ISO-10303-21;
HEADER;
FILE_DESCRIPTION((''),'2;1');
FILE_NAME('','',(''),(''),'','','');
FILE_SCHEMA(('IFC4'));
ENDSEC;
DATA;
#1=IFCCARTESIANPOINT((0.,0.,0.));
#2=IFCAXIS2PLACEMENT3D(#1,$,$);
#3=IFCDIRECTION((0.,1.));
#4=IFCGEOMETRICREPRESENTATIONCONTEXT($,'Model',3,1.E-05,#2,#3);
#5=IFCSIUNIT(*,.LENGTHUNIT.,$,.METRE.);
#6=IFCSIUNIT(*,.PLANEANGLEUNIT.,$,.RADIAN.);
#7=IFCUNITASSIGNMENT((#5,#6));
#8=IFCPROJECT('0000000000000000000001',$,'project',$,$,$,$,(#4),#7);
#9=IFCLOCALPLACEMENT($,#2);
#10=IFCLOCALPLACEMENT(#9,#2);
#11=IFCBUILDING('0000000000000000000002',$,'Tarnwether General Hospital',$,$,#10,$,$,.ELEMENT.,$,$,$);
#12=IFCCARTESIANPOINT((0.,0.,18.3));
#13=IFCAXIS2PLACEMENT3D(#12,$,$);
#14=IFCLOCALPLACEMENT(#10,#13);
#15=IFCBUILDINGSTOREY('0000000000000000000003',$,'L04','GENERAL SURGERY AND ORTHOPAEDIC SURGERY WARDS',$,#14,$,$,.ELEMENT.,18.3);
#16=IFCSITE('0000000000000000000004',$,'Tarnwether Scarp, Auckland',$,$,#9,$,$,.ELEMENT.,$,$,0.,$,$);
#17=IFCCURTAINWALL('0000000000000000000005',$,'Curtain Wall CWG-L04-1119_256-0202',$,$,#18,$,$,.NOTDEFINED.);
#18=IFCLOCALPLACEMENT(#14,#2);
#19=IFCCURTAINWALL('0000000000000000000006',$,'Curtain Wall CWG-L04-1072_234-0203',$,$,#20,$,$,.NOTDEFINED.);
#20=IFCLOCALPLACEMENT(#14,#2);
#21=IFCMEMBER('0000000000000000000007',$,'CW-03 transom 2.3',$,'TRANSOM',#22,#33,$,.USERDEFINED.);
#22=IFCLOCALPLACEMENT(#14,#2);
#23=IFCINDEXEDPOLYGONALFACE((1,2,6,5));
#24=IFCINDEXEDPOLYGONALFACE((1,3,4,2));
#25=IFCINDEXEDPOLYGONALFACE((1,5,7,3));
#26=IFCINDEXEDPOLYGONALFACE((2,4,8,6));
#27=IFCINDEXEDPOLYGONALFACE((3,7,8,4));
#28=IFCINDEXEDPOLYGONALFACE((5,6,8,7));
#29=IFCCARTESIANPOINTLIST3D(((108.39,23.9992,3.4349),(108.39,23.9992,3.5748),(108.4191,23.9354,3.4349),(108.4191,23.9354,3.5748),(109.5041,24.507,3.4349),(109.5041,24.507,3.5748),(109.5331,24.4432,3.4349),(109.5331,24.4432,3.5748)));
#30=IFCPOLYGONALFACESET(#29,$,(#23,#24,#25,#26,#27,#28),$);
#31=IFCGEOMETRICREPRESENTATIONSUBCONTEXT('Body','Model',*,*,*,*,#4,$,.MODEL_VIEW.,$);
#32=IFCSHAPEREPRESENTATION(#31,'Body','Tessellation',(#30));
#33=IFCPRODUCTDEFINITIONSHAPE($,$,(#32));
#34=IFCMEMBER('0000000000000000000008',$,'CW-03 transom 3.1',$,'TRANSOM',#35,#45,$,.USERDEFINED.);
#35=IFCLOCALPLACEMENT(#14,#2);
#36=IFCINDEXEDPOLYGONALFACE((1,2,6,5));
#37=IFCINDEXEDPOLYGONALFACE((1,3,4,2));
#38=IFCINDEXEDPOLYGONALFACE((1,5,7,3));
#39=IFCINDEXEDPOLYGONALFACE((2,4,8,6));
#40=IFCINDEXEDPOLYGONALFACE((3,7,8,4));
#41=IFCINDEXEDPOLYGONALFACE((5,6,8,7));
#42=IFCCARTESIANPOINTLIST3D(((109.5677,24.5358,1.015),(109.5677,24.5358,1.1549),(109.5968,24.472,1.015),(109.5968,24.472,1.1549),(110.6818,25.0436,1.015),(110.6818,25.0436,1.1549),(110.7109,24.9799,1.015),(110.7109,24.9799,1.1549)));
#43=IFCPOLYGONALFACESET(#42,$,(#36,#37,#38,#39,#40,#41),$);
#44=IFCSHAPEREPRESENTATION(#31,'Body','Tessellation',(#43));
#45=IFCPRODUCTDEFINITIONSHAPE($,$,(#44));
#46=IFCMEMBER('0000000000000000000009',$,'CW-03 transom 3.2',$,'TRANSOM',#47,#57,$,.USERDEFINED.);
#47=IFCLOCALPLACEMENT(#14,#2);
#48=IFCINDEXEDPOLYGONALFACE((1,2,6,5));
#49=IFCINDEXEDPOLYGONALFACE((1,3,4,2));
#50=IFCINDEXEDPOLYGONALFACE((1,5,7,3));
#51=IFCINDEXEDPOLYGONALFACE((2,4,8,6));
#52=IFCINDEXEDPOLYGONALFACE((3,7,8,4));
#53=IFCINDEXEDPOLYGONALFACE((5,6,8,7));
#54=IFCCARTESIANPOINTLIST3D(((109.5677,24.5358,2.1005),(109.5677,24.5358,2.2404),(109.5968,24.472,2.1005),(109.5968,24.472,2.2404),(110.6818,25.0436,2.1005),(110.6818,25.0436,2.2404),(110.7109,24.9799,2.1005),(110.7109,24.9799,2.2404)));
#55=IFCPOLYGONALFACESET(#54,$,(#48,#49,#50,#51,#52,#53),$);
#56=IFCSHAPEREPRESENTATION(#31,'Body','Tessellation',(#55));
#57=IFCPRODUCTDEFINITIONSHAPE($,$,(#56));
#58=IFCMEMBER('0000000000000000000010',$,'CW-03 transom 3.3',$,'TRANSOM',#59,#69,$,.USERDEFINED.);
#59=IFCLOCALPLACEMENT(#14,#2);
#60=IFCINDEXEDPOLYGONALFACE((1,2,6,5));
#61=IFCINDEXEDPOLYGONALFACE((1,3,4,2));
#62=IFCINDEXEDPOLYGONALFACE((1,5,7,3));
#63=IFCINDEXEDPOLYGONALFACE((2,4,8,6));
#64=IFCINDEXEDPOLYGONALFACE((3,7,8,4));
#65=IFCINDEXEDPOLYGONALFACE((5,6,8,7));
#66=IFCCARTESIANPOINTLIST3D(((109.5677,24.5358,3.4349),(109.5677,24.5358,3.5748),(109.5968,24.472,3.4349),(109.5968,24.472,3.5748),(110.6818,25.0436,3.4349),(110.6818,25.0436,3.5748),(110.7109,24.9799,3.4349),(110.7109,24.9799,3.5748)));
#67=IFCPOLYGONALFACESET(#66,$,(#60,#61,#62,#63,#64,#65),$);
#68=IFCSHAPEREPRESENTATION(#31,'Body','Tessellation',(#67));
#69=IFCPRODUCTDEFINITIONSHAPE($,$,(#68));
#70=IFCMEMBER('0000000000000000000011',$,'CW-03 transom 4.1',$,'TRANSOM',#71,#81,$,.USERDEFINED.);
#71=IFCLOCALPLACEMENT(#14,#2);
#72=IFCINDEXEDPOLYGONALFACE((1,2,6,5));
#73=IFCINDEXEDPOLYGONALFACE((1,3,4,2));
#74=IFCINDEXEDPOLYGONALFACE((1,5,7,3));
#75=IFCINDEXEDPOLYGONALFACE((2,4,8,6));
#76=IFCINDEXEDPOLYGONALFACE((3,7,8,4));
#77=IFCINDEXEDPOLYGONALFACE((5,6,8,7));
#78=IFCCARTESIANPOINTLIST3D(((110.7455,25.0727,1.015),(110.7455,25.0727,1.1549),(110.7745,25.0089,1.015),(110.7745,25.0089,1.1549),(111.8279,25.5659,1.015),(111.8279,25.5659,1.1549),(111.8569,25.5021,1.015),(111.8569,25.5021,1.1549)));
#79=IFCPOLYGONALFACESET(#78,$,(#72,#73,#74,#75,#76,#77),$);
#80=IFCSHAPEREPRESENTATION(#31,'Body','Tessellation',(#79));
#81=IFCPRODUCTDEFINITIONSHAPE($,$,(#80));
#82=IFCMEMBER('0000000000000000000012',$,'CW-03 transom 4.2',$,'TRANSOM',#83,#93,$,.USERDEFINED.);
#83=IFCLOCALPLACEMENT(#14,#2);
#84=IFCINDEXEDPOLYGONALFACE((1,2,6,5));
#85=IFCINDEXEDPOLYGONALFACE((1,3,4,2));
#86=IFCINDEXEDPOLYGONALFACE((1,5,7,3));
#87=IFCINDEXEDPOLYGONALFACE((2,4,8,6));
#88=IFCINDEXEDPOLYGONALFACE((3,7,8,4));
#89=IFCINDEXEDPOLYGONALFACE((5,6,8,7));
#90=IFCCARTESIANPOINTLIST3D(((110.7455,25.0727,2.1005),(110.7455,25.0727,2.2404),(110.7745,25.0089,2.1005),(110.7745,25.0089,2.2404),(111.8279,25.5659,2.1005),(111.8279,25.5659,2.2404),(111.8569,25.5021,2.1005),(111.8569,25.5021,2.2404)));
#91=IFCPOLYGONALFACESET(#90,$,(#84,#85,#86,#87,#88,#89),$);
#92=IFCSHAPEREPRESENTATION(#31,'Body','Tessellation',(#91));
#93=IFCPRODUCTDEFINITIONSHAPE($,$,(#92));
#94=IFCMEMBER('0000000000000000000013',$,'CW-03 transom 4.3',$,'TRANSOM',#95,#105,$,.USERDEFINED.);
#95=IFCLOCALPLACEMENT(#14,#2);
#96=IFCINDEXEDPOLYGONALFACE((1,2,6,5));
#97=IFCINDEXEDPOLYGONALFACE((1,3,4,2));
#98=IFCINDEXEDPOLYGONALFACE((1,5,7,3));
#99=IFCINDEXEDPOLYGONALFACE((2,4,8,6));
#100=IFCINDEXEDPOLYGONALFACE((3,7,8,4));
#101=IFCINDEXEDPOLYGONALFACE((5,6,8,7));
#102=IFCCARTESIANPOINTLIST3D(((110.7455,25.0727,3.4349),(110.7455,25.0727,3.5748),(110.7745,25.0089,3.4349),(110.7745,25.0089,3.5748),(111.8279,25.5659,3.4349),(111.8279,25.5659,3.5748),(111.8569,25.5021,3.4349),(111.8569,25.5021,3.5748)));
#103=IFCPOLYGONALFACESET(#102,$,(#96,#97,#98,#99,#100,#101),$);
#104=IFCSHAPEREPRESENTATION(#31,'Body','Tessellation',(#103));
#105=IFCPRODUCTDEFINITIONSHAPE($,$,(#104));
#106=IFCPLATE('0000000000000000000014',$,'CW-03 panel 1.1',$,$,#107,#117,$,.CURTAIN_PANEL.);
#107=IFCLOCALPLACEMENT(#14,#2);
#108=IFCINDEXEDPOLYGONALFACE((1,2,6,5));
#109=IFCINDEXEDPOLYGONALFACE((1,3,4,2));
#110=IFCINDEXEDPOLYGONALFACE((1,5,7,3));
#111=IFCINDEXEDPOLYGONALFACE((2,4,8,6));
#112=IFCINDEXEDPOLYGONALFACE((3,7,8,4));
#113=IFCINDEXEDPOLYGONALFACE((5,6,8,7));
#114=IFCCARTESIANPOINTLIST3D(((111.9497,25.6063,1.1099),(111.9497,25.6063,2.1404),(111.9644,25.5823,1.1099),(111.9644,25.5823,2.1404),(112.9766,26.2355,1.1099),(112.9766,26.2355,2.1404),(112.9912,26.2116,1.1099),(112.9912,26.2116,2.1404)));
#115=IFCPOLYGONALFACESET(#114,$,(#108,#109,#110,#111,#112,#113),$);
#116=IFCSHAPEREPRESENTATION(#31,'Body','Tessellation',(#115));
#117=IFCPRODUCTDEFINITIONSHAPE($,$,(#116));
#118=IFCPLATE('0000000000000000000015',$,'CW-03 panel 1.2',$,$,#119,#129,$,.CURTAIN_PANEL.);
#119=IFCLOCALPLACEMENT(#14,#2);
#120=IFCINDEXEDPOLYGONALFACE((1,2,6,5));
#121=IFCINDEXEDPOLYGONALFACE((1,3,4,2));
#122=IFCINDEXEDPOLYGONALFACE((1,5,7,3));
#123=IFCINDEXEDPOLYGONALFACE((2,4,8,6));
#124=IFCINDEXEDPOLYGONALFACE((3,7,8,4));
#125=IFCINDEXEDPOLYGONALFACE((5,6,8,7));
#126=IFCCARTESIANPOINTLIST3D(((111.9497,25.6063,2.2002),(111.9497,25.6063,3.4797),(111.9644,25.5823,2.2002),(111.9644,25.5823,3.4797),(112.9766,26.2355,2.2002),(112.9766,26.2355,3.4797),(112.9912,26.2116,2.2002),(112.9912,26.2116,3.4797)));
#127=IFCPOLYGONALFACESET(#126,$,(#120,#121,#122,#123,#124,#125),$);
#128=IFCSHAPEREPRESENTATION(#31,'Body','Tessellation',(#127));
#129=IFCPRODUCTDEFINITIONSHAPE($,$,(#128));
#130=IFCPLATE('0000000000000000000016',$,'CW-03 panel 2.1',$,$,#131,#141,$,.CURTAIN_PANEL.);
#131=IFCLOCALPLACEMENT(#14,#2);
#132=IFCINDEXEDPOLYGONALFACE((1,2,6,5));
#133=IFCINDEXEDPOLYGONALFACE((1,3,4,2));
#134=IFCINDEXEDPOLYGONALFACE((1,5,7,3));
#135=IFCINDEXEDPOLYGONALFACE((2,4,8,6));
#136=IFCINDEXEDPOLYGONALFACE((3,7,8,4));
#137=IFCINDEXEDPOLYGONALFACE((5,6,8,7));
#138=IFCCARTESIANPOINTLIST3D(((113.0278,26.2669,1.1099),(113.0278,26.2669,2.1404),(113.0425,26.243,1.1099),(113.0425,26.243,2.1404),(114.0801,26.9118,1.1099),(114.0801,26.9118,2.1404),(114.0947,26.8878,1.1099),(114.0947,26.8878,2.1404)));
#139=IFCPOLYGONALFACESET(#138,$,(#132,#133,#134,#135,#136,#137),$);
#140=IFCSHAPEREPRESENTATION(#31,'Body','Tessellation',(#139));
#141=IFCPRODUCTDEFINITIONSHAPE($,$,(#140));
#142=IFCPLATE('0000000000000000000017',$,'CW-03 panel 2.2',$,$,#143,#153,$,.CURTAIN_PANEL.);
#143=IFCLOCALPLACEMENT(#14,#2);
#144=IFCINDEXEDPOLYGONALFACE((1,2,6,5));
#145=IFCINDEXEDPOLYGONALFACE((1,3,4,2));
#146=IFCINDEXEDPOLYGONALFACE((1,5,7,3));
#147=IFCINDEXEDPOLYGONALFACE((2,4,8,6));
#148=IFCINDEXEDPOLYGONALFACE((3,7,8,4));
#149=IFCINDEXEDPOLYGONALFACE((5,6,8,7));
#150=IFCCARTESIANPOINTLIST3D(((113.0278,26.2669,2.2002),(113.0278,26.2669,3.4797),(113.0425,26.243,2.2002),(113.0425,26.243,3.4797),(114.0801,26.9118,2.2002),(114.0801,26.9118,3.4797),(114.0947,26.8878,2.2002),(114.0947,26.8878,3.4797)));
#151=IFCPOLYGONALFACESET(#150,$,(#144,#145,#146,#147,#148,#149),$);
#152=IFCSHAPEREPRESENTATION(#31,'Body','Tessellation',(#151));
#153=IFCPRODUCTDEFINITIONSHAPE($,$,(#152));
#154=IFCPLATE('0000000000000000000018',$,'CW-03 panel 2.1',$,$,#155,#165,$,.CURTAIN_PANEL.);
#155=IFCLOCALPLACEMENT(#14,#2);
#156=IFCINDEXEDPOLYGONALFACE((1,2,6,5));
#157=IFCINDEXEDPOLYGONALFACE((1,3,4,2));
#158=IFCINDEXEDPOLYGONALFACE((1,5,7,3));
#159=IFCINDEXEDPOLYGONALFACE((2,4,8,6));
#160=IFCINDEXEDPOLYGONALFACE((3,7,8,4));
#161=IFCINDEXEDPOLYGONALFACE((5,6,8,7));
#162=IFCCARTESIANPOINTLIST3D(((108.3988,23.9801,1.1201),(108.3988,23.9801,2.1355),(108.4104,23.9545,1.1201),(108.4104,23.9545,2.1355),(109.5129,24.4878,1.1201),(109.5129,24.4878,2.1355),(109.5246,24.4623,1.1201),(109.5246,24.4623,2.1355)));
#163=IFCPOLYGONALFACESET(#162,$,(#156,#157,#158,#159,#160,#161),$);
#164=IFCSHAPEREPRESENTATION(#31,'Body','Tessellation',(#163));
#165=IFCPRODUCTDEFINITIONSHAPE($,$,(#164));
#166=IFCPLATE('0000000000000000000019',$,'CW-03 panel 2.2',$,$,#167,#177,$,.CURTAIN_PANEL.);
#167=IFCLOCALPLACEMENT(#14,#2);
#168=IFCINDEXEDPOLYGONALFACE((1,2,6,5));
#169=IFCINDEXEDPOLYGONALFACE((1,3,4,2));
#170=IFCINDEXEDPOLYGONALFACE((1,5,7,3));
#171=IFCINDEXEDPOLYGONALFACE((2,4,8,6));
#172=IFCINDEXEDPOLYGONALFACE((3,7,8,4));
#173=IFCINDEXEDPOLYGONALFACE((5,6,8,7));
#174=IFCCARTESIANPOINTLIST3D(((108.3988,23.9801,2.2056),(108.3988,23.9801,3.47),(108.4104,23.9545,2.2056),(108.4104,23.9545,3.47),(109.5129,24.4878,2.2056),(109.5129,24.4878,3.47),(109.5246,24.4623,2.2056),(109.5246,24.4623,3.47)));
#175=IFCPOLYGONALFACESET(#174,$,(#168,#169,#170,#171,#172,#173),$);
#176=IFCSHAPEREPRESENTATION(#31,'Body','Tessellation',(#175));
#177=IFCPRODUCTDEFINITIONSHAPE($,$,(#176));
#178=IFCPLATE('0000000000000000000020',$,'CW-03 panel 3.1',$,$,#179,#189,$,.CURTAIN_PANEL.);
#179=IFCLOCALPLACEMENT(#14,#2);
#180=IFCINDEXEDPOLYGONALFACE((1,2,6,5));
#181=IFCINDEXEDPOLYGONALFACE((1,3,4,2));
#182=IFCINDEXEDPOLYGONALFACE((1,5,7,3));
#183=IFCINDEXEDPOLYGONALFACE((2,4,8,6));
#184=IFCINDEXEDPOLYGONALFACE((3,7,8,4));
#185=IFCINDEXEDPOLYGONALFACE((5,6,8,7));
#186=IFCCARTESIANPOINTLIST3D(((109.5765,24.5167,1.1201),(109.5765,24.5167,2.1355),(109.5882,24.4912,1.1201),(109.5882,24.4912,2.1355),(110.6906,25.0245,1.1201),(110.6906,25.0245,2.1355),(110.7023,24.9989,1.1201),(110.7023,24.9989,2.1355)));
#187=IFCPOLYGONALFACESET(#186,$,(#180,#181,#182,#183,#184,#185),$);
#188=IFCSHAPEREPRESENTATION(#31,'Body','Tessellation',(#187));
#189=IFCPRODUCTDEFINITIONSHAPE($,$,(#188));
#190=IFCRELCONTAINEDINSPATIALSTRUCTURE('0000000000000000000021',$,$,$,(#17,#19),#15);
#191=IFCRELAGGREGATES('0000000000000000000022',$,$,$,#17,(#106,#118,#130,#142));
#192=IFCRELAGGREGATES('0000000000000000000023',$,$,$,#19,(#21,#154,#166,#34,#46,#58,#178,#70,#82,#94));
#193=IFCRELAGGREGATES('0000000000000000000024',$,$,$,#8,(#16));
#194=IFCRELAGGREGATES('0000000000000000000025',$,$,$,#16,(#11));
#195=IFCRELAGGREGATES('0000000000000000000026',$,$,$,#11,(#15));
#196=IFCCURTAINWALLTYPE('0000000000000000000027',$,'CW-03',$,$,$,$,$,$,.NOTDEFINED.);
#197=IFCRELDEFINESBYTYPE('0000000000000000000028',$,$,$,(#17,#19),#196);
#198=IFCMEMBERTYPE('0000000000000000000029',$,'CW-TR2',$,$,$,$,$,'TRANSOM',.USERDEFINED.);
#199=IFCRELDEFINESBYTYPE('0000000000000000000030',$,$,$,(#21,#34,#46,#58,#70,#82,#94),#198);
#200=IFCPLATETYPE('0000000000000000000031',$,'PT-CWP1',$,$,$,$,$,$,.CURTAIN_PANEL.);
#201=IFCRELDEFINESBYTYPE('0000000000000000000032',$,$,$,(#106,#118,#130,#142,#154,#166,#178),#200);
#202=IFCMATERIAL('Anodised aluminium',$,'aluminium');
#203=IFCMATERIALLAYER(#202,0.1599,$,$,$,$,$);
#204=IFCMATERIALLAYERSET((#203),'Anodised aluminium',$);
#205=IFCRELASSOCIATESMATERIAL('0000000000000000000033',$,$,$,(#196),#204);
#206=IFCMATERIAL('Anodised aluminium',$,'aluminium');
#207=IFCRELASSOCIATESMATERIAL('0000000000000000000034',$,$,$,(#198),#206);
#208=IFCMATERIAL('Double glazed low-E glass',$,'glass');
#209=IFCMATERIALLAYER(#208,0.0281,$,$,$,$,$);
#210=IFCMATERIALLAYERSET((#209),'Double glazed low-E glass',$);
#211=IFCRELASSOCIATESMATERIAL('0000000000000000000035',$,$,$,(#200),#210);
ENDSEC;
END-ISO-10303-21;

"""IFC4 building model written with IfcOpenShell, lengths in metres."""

from ifc_helpers import new_model, si_unit, direction, frame, origin, origin_2d, place, context, subcontext, project, spatial, rectangle, extrude, material, layer, layer_set, material_profile, profile_set, type_object, element, aggregate, save


model = new_model("IFC4")

# Units and contexts
model_context = context("Model", 3, precision=1e-05, world=origin(), true_north=direction((0.0, 1.0)))
body_context = subcontext(model_context, "Body", "Model", "MODEL_VIEW")
ifc_project = project(units=[si_unit("LENGTHUNIT", "METRE"), si_unit("PLANEANGLEUNIT", "RADIAN")], contexts=[model_context])

# Site, building, storey
site_placement = place(None, origin())
site = spatial("IfcSite", under=ifc_project, at=site_placement, Name="Tarnwether Scarp, Auckland", CompositionType="ELEMENT", RefElevation=0.0)
building_placement = place(site_placement, origin())
building = spatial("IfcBuilding", under=site, at=building_placement, Name="Tarnwether General Hospital", CompositionType="ELEMENT")
storey_placement = place(building_placement, frame((0.0, 0.0, 18.3)))
storey = spatial("IfcBuildingStorey", under=building, at=storey_placement, Name="L04", Description="GENERAL SURGERY AND ORTHOPAEDIC SURGERY WARDS", CompositionType="ELEMENT", Elevation=18.3)

# Curtain walls
ifc_material_1 = material(Name="Anodised aluminium", Category="aluminium")
ifc_layer_1 = layer(ifc_material_1, 0.1599)
ifc_layer_set_1 = layer_set([ifc_layer_1], Name="Anodised aluminium")
curtain_wall_type = type_object("IfcCurtainWallType", Name="CW-03", PredefinedType="NOTDEFINED", material=ifc_layer_set_1)
curtain_wall_1_placement = place(storey_placement, origin())
curtain_wall_1 = element("IfcCurtainWall", 1, at=curtain_wall_1_placement, inside=storey, type_object=curtain_wall_type, Name="Curtain Wall CWG-L04-1119_256-0202", PredefinedType="NOTDEFINED")
curtain_wall_2_placement = place(storey_placement, origin())
curtain_wall_2 = element("IfcCurtainWall", 2, at=curtain_wall_2_placement, inside=storey, type_object=curtain_wall_type, Name="Curtain Wall CWG-L04-1072_234-0203", PredefinedType="NOTDEFINED")

# Members
ifc_material_2 = material(Name="Anodised aluminium", Category="aluminium")
ifc_material_profile_1 = material_profile(ifc_material_2, rectangle(XDim=0.0701, YDim=0.1399, at=origin_2d()), Name="ALU-TRN-70x140")
ifc_profile_set_1 = profile_set([ifc_material_profile_1], Name="Anodised aluminium")
member_type_1 = type_object("IfcMemberType", Name="CW-TR2", ElementType="TRANSOM", PredefinedType="USERDEFINED", material=ifc_profile_set_1)
member_1_placement = place(storey_placement, frame((108.4045, 23.9673, 3.5049), z_axis=(0.909922, 0.414779, 0.0), x_axis=(-0.414779, 0.909922, 0.0)))
member_1 = element("IfcMember", 3, at=member_1_placement, type_object=member_type_1, Name="CW-03 transom 2.3", ObjectType="TRANSOM", PredefinedType="USERDEFINED", context=body_context, shape_type="SweptSolid", body=[
    extrude(rectangle(XDim=0.0701, YDim=0.1399, at=origin_2d()), origin(), (0.0, 0.0, 1.0), 1.2244),
])
member_2_placement = place(storey_placement, frame((109.5823, 24.5039, 1.085), z_axis=(0.909922, 0.414779, 0.0), x_axis=(-0.414779, 0.909922, 0.0)))
member_2 = element("IfcMember", 4, at=member_2_placement, type_object=member_type_1, Name="CW-03 transom 3.1", ObjectType="TRANSOM", PredefinedType="USERDEFINED", context=body_context, shape_type="SweptSolid", body=[
    extrude(rectangle(XDim=0.0701, YDim=0.1399, at=origin_2d()), origin(), (0.0, 0.0, 1.0), 1.2244),
])
member_3_placement = place(storey_placement, frame((109.5823, 24.5039, 2.1704), z_axis=(0.909922, 0.414779, 0.0), x_axis=(-0.414779, 0.909922, 0.0)))
member_3 = element("IfcMember", 5, at=member_3_placement, type_object=member_type_1, Name="CW-03 transom 3.2", ObjectType="TRANSOM", PredefinedType="USERDEFINED", context=body_context, shape_type="SweptSolid", body=[
    extrude(rectangle(XDim=0.0701, YDim=0.1399, at=origin_2d()), origin(), (0.0, 0.0, 1.0), 1.2244),
])
member_4_placement = place(storey_placement, frame((109.5823, 24.5039, 3.5049), z_axis=(0.909922, 0.414779, 0.0), x_axis=(-0.414779, 0.909922, 0.0)))
member_4 = element("IfcMember", 6, at=member_4_placement, type_object=member_type_1, Name="CW-03 transom 3.3", ObjectType="TRANSOM", PredefinedType="USERDEFINED", context=body_context, shape_type="SweptSolid", body=[
    extrude(rectangle(XDim=0.0701, YDim=0.1399, at=origin_2d()), origin(), (0.0, 0.0, 1.0), 1.2244),
])
member_5_placement = place(storey_placement, frame((110.76, 25.0408, 1.085), z_axis=(0.909979, 0.414653, 0.0), x_axis=(-0.414653, 0.909979, 0.0)))
member_5 = element("IfcMember", 7, at=member_5_placement, type_object=member_type_1, Name="CW-03 transom 4.1", ObjectType="TRANSOM", PredefinedType="USERDEFINED", context=body_context, shape_type="SweptSolid", body=[
    extrude(rectangle(XDim=0.0701, YDim=0.1399, at=origin_2d()), origin(), (0.0, 0.0, 1.0), 1.1895),
])
member_6_placement = place(storey_placement, frame((110.76, 25.0408, 2.1704), z_axis=(0.909979, 0.414653, 0.0), x_axis=(-0.414653, 0.909979, 0.0)))
member_6 = element("IfcMember", 8, at=member_6_placement, type_object=member_type_1, Name="CW-03 transom 4.2", ObjectType="TRANSOM", PredefinedType="USERDEFINED", context=body_context, shape_type="SweptSolid", body=[
    extrude(rectangle(XDim=0.0701, YDim=0.1399, at=origin_2d()), origin(), (0.0, 0.0, 1.0), 1.1895),
])
member_7_placement = place(storey_placement, frame((110.76, 25.0408, 3.5049), z_axis=(0.909979, 0.414653, 0.0), x_axis=(-0.414653, 0.909979, 0.0)))
member_7 = element("IfcMember", 9, at=member_7_placement, type_object=member_type_1, Name="CW-03 transom 4.3", ObjectType="TRANSOM", PredefinedType="USERDEFINED", context=body_context, shape_type="SweptSolid", body=[
    extrude(rectangle(XDim=0.0701, YDim=0.1399, at=origin_2d()), origin(), (0.0, 0.0, 1.0), 1.1895),
])

# Plates
ifc_material_3 = material(Name="Double glazed low-E glass", Category="glass")
ifc_layer_2 = layer(ifc_material_3, 0.0281)
ifc_layer_set_2 = layer_set([ifc_layer_2], Name="Double glazed low-E glass")
plate_type_1 = type_object("IfcPlateType", Name="PT-CWP1", PredefinedType="CURTAIN_PANEL", material=ifc_layer_set_2)
plate_1_placement = place(storey_placement, frame((112.4705, 25.9089, 1.1099), z_axis=(0.0, 0.0, 1.0), x_axis=(0.852632, 0.522512, 0.0)))
plate_1 = element("IfcPlate", 10, at=plate_1_placement, type_object=plate_type_1, Name="CW-03 panel 1.1", PredefinedType="CURTAIN_PANEL", context=body_context, shape_type="SweptSolid", body=[
    extrude(rectangle(XDim=1.2043, YDim=0.0281, at=origin_2d()), origin(), (0.0, 0.0, 1.0), 1.0305),
])
plate_2_placement = place(storey_placement, frame((112.4705, 25.9089, 2.2002), z_axis=(0.0, 0.0, 1.0), x_axis=(0.852632, 0.522512, 0.0)))
plate_2 = element("IfcPlate", 11, at=plate_2_placement, type_object=plate_type_1, Name="CW-03 panel 1.2", PredefinedType="CURTAIN_PANEL", context=body_context, shape_type="SweptSolid", body=[
    extrude(rectangle(XDim=1.2043, YDim=0.0281, at=origin_2d()), origin(), (0.0, 0.0, 1.0), 1.2795),
])
plate_3_placement = place(storey_placement, frame((113.5613, 26.5774, 1.1099), z_axis=(0.0, 0.0, 1.0), x_axis=(0.852632, 0.522512, 0.0)))
plate_3 = element("IfcPlate", 12, at=plate_3_placement, type_object=plate_type_1, Name="CW-03 panel 2.1", PredefinedType="CURTAIN_PANEL", context=body_context, shape_type="SweptSolid", body=[
    extrude(rectangle(XDim=1.2341, YDim=0.0281, at=origin_2d()), origin(), (0.0, 0.0, 1.0), 1.0305),
])
plate_4_placement = place(storey_placement, frame((113.5613, 26.5774, 2.2002), z_axis=(0.0, 0.0, 1.0), x_axis=(0.852632, 0.522512, 0.0)))
plate_4 = element("IfcPlate", 13, at=plate_4_placement, type_object=plate_type_1, Name="CW-03 panel 2.2", PredefinedType="CURTAIN_PANEL", context=body_context, shape_type="SweptSolid", body=[
    extrude(rectangle(XDim=1.2341, YDim=0.0281, at=origin_2d()), origin(), (0.0, 0.0, 1.0), 1.2795),
])
aggregate(curtain_wall_1, [plate_1, plate_2, plate_3, plate_4])
plate_5_placement = place(storey_placement, frame((108.9617, 24.2212, 1.1201), z_axis=(0.0, 0.0, 1.0), x_axis=(0.909956, 0.414705, 0.0)))
plate_5 = element("IfcPlate", 14, at=plate_5_placement, type_object=plate_type_1, Name="CW-03 panel 2.1", PredefinedType="CURTAIN_PANEL", context=body_context, shape_type="SweptSolid", body=[
    extrude(rectangle(XDim=1.2244, YDim=0.0281, at=origin_2d()), origin(), (0.0, 0.0, 1.0), 1.0154),
])
plate_6_placement = place(storey_placement, frame((108.9617, 24.2212, 2.2056), z_axis=(0.0, 0.0, 1.0), x_axis=(0.909956, 0.414705, 0.0)))
plate_6 = element("IfcPlate", 15, at=plate_6_placement, type_object=plate_type_1, Name="CW-03 panel 2.2", PredefinedType="CURTAIN_PANEL", context=body_context, shape_type="SweptSolid", body=[
    extrude(rectangle(XDim=1.2244, YDim=0.0281, at=origin_2d()), origin(), (0.0, 0.0, 1.0), 1.2644),
])
plate_7_placement = place(storey_placement, frame((110.1394, 24.7578, 1.1201), z_axis=(0.0, 0.0, 1.0), x_axis=(0.909956, 0.414705, 0.0)))
plate_7 = element("IfcPlate", 16, at=plate_7_placement, type_object=plate_type_1, Name="CW-03 panel 3.1", PredefinedType="CURTAIN_PANEL", context=body_context, shape_type="SweptSolid", body=[
    extrude(rectangle(XDim=1.2244, YDim=0.0281, at=origin_2d()), origin(), (0.0, 0.0, 1.0), 1.0154),
])
aggregate(curtain_wall_2, [member_1, plate_5, plate_6, member_2, member_3, member_4, plate_7, member_5, member_6, member_7])

save(model, "model.ifc")
